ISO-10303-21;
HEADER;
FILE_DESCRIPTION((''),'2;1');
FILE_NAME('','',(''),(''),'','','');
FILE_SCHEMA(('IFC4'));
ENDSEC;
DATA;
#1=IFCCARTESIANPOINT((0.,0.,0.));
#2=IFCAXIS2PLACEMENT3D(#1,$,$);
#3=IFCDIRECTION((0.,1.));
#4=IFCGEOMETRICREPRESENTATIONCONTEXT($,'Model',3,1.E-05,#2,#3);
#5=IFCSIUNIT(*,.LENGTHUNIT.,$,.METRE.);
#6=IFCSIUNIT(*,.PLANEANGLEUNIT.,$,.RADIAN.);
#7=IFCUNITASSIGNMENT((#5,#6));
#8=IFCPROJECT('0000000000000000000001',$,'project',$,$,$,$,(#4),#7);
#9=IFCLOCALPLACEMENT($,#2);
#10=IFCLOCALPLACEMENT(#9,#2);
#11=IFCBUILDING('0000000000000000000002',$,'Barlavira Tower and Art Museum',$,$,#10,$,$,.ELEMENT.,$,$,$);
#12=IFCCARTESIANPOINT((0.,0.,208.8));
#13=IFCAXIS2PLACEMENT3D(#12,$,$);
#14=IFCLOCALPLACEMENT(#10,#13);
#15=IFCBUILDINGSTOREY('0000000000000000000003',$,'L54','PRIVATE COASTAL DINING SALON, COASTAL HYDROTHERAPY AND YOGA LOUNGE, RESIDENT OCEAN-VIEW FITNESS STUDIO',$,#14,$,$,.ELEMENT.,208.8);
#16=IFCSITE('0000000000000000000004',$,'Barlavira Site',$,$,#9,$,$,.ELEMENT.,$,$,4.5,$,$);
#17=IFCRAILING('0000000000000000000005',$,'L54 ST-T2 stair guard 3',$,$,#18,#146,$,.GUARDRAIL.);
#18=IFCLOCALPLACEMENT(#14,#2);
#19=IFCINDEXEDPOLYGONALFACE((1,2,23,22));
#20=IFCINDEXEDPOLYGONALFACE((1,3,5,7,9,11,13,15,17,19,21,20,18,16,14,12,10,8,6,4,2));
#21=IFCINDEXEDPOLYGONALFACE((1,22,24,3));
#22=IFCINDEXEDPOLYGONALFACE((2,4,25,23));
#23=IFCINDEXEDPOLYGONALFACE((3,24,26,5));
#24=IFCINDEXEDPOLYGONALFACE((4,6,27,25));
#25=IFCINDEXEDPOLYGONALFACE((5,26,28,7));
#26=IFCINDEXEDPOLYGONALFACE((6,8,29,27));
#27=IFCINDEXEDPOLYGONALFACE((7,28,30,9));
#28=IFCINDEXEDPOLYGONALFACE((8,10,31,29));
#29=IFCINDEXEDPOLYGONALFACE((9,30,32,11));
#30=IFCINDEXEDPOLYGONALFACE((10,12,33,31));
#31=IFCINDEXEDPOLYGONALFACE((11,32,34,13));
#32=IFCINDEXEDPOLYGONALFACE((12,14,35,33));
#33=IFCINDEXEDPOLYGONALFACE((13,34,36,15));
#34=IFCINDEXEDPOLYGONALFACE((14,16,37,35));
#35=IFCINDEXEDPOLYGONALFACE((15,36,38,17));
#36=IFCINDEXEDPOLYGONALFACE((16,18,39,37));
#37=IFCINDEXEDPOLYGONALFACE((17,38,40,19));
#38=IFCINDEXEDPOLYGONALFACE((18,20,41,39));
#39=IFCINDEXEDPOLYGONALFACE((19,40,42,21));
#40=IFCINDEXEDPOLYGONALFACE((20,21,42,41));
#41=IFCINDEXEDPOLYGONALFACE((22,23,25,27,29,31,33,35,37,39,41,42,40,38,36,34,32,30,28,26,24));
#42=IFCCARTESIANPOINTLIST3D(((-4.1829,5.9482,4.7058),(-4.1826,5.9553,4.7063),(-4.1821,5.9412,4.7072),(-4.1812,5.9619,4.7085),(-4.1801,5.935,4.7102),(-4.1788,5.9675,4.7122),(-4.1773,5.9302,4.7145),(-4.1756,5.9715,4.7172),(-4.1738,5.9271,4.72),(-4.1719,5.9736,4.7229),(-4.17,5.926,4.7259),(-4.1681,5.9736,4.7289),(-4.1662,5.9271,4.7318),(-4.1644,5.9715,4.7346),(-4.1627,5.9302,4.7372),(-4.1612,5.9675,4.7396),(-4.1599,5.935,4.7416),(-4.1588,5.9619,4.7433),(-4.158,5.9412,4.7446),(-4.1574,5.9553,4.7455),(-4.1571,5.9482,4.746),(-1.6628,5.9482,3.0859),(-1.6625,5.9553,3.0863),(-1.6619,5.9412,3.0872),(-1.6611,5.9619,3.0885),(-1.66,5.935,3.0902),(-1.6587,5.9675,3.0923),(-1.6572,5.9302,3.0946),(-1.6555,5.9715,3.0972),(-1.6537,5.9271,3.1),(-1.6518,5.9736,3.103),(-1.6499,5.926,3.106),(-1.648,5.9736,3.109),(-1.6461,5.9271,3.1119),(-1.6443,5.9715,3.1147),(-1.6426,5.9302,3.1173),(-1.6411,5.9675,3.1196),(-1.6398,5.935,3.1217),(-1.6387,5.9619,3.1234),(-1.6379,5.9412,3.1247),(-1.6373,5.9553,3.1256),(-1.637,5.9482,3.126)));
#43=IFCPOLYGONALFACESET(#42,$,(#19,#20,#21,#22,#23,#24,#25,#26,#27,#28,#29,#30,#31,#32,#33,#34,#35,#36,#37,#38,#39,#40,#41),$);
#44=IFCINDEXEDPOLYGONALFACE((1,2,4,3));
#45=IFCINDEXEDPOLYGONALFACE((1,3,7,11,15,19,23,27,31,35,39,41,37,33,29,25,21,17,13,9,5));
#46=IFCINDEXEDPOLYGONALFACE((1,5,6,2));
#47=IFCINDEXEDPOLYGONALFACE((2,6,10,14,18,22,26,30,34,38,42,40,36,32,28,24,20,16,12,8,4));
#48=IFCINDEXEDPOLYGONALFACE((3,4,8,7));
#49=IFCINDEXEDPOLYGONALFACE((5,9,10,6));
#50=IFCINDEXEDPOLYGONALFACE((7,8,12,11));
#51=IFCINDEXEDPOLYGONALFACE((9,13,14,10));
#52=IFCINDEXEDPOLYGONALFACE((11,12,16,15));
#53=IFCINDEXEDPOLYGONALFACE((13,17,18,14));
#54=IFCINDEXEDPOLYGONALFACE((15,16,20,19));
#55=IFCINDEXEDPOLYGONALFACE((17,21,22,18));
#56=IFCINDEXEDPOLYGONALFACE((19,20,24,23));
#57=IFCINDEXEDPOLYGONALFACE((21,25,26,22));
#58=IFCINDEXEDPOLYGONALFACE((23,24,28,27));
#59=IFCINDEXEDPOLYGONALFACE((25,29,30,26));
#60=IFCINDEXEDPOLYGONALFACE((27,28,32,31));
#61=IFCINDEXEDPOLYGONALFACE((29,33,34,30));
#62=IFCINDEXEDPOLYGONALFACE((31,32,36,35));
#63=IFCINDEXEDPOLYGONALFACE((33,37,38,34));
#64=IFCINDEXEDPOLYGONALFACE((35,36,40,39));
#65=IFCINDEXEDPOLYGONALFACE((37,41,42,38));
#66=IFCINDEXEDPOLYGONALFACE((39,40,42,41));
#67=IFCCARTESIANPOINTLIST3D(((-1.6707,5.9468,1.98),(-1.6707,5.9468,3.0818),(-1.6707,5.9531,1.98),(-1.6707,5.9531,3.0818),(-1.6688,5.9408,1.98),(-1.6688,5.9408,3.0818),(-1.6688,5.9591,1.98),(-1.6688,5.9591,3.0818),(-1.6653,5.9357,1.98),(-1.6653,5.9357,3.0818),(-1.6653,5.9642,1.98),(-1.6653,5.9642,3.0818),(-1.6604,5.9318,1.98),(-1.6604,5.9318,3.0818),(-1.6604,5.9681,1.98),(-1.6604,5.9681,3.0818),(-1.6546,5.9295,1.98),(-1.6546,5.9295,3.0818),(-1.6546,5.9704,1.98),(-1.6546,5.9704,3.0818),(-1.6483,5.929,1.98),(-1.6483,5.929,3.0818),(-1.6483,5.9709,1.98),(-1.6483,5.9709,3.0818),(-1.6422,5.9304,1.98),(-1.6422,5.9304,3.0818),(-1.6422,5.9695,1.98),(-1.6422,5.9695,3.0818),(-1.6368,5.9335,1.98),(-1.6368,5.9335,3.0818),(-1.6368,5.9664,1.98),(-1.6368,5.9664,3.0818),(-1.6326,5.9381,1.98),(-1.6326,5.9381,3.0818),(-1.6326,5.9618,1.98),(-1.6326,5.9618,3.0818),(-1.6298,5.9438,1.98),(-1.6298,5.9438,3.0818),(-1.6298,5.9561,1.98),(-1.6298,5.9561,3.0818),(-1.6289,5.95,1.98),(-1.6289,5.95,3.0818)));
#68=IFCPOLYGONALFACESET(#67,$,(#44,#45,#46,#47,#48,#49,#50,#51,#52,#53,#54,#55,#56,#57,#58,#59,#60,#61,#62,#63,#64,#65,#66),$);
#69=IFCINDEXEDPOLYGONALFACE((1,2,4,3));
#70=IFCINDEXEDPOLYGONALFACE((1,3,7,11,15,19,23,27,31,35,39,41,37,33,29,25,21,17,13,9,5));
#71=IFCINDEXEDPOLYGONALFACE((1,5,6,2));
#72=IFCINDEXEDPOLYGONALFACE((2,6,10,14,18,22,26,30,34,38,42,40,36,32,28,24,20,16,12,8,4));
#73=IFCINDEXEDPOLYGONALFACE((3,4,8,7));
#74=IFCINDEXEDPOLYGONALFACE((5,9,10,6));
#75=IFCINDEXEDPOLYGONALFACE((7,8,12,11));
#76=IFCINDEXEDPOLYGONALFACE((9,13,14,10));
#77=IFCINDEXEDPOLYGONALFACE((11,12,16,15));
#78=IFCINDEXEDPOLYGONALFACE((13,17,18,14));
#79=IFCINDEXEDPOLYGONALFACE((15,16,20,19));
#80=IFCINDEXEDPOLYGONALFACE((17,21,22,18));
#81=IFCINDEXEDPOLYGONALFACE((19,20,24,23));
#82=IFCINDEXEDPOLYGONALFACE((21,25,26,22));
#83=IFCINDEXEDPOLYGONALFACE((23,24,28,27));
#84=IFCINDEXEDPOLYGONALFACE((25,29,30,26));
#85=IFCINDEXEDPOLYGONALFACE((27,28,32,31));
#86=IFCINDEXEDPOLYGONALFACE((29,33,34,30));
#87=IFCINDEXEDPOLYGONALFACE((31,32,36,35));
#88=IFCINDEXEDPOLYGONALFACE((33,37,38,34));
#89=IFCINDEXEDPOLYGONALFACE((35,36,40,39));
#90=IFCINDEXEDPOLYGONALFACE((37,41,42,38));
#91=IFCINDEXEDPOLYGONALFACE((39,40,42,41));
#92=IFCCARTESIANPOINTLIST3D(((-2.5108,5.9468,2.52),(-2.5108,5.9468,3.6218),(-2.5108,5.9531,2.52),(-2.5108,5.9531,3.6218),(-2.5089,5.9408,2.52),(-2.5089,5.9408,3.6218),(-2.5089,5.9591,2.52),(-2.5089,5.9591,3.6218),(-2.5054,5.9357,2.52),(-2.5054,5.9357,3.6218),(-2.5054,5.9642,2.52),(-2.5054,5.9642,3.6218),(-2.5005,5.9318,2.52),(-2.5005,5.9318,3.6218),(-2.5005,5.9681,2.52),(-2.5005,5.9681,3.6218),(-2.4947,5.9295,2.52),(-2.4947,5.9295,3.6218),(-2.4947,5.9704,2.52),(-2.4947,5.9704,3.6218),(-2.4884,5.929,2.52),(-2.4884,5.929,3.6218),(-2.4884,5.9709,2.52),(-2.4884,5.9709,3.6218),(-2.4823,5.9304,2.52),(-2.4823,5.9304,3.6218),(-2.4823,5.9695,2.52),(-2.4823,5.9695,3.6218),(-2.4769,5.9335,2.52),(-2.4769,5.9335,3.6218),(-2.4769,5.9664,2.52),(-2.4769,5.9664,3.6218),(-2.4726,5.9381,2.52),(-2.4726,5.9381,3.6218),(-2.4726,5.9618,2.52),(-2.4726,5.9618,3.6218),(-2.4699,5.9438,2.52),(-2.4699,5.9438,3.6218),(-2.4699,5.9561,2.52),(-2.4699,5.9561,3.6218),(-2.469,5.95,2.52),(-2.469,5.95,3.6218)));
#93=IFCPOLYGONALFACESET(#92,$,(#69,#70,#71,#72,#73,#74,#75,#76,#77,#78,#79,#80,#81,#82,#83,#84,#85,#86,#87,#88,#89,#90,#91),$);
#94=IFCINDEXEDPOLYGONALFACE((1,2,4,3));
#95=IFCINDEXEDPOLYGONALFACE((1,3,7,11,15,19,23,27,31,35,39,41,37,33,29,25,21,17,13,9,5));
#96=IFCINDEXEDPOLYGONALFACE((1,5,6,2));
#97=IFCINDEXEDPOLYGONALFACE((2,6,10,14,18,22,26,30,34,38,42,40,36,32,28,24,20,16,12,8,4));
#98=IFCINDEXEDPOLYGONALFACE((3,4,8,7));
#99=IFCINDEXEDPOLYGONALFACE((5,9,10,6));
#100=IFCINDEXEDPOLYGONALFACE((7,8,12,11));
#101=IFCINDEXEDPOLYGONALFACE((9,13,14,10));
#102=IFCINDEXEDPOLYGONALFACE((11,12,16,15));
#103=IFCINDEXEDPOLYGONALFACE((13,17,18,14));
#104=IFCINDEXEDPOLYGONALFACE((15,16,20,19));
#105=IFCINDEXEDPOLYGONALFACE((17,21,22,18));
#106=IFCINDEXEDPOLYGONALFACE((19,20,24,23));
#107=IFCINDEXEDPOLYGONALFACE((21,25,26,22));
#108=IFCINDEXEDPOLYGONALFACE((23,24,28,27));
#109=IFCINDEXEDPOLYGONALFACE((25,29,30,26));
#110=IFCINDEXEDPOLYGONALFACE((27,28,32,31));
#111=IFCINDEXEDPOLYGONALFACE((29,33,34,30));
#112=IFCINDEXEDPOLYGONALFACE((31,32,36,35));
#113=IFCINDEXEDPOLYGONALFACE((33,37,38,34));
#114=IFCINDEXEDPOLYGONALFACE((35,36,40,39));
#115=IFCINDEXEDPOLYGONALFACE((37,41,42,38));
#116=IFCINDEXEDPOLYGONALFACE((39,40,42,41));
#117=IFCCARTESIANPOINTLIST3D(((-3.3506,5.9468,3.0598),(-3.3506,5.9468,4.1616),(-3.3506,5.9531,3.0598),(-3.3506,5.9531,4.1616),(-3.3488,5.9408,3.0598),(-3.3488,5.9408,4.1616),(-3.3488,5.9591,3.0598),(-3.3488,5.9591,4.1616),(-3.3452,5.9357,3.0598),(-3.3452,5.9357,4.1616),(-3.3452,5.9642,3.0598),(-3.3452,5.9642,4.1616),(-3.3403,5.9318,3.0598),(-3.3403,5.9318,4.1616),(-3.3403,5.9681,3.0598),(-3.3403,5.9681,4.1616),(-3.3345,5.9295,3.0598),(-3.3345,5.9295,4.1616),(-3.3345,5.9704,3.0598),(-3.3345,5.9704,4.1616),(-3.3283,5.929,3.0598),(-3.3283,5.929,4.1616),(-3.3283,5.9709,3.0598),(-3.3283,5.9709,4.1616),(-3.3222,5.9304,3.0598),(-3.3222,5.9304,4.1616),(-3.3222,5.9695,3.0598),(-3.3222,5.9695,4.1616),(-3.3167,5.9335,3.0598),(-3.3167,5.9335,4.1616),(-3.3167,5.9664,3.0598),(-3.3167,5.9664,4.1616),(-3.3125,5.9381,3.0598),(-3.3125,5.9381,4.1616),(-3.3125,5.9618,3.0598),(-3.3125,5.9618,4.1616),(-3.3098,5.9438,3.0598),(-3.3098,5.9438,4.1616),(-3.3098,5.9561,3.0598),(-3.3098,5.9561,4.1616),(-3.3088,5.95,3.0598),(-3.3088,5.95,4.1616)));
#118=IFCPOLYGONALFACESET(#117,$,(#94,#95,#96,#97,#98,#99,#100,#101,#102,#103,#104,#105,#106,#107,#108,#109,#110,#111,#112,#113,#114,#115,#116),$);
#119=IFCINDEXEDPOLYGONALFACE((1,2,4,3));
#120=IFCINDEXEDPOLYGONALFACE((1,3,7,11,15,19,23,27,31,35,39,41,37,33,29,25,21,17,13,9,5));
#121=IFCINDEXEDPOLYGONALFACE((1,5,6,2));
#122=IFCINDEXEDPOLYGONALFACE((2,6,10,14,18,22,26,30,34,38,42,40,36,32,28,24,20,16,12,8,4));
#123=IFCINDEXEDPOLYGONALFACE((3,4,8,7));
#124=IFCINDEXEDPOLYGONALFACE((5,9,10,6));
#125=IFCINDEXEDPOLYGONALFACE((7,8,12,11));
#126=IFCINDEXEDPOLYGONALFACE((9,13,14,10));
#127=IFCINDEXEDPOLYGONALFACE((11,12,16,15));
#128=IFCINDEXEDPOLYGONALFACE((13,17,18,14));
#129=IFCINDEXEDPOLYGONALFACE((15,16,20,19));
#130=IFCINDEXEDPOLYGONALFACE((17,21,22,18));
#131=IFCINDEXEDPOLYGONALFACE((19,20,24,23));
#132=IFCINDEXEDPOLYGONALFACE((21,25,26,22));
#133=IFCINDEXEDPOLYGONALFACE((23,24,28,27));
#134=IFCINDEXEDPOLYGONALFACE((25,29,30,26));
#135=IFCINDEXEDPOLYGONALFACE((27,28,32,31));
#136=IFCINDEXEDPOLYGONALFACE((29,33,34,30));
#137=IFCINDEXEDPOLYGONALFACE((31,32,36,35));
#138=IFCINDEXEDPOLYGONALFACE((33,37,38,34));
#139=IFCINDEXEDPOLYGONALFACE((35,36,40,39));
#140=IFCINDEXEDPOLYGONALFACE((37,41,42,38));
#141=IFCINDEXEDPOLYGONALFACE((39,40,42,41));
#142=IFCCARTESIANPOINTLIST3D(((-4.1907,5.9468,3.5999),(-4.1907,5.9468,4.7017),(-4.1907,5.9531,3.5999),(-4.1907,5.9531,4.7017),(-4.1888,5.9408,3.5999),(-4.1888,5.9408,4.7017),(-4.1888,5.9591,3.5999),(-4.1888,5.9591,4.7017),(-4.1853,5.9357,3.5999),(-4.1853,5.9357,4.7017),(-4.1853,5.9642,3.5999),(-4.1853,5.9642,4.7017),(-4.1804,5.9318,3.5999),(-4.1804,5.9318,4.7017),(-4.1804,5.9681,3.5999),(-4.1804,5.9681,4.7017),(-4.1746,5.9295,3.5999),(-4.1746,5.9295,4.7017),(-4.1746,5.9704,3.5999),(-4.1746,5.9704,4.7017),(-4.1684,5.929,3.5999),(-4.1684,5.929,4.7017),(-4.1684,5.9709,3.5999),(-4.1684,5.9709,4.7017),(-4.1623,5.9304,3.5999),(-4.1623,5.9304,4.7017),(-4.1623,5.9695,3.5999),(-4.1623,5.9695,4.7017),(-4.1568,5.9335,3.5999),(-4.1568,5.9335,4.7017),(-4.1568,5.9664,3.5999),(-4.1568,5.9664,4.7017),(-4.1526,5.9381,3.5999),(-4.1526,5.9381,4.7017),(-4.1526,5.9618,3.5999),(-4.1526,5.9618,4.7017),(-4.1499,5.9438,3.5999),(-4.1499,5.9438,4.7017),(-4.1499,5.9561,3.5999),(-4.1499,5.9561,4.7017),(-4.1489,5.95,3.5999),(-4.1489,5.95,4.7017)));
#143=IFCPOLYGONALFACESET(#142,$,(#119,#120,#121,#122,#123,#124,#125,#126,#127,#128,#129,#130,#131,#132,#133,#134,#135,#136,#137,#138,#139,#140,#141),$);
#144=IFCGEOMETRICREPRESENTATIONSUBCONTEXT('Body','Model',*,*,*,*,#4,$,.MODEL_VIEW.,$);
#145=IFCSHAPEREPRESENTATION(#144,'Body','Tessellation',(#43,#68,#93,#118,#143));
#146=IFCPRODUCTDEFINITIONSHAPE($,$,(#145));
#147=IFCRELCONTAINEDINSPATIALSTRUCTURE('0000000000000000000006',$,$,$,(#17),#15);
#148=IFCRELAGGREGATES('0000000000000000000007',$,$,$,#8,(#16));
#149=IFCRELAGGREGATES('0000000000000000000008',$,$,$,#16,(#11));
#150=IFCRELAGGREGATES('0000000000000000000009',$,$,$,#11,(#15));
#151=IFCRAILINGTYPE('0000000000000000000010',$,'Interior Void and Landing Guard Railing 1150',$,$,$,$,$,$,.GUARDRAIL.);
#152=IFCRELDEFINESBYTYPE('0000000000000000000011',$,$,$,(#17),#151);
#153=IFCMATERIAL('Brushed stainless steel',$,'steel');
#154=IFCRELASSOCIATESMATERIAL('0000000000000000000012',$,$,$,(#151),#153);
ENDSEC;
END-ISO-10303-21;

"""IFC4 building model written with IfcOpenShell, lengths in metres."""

from ifc_helpers import new_model, si_unit, direction, frame, origin, origin_2d, place, context, subcontext, project, spatial, circle, extrude, material, type_object, element, save


model = new_model("IFC4")

# Units and contexts
model_context = context("Model", 3, precision=1e-05, world=origin(), true_north=direction((0.0, 1.0)))
body_context = subcontext(model_context, "Body", "Model", "MODEL_VIEW")
ifc_project = project(units=[si_unit("LENGTHUNIT", "METRE"), si_unit("PLANEANGLEUNIT", "RADIAN")], contexts=[model_context])

# Site, building, storey
site_placement = place(None, origin())
site = spatial("IfcSite", under=ifc_project, at=site_placement, Name="Barlavira Site", CompositionType="ELEMENT", RefElevation=4.5)
building_placement = place(site_placement, origin())
building = spatial("IfcBuilding", under=site, at=building_placement, Name="Barlavira Tower and Art Museum", CompositionType="ELEMENT")
storey_placement = place(building_placement, frame((0.0, 0.0, 208.8)))
storey = spatial("IfcBuildingStorey", under=building, at=storey_placement, Name="L54", Description="PRIVATE COASTAL DINING SALON, COASTAL HYDROTHERAPY AND YOGA LOUNGE, RESIDENT OCEAN-VIEW FITNESS STUDIO", CompositionType="ELEMENT", Elevation=208.8)

# Shared definitions
ifc_material_1 = material(Name="Brushed stainless steel", Category="steel")

# Railing
railing_type_1 = type_object("IfcRailingType", Name="Interior Void and Landing Guard Railing 1150", PredefinedType="GUARDRAIL", material=ifc_material_1)
railing_1_placement = place(storey_placement, frame((-1.6499, 5.95, 1.98)))
element("IfcRailing", 1, at=railing_1_placement, inside=storey, type_object=railing_type_1, Name="L54 ST-T2 stair guard 3", PredefinedType="GUARDRAIL", context=body_context, shape_type="SweptSolid", body=[
    extrude(circle(Radius=0.0239, at=origin_2d()), frame((0.0, 0.0, 1.126), z_axis=(-0.8412, 0.0, 0.540725), x_axis=(0.0, -1.0, 0.0)), (0.0, 0.0, 1.0), 2.9958),
    extrude(circle(Radius=0.021, at=origin_2d()), origin(), (0.0, 0.0, 1.0), 1.1018),
    extrude(circle(Radius=0.021, at=origin_2d()), frame((-0.8401, 0.0, 0.54)), (0.0, 0.0, 1.0), 1.1018),
    extrude(circle(Radius=0.021, at=origin_2d()), frame((-1.6799, 0.0, 1.0798)), (0.0, 0.0, 1.0), 1.1018),
    extrude(circle(Radius=0.021, at=origin_2d()), frame((-2.52, 0.0, 1.6199)), (0.0, 0.0, 1.0), 1.1018),
])

save(model, "model.ifc")
